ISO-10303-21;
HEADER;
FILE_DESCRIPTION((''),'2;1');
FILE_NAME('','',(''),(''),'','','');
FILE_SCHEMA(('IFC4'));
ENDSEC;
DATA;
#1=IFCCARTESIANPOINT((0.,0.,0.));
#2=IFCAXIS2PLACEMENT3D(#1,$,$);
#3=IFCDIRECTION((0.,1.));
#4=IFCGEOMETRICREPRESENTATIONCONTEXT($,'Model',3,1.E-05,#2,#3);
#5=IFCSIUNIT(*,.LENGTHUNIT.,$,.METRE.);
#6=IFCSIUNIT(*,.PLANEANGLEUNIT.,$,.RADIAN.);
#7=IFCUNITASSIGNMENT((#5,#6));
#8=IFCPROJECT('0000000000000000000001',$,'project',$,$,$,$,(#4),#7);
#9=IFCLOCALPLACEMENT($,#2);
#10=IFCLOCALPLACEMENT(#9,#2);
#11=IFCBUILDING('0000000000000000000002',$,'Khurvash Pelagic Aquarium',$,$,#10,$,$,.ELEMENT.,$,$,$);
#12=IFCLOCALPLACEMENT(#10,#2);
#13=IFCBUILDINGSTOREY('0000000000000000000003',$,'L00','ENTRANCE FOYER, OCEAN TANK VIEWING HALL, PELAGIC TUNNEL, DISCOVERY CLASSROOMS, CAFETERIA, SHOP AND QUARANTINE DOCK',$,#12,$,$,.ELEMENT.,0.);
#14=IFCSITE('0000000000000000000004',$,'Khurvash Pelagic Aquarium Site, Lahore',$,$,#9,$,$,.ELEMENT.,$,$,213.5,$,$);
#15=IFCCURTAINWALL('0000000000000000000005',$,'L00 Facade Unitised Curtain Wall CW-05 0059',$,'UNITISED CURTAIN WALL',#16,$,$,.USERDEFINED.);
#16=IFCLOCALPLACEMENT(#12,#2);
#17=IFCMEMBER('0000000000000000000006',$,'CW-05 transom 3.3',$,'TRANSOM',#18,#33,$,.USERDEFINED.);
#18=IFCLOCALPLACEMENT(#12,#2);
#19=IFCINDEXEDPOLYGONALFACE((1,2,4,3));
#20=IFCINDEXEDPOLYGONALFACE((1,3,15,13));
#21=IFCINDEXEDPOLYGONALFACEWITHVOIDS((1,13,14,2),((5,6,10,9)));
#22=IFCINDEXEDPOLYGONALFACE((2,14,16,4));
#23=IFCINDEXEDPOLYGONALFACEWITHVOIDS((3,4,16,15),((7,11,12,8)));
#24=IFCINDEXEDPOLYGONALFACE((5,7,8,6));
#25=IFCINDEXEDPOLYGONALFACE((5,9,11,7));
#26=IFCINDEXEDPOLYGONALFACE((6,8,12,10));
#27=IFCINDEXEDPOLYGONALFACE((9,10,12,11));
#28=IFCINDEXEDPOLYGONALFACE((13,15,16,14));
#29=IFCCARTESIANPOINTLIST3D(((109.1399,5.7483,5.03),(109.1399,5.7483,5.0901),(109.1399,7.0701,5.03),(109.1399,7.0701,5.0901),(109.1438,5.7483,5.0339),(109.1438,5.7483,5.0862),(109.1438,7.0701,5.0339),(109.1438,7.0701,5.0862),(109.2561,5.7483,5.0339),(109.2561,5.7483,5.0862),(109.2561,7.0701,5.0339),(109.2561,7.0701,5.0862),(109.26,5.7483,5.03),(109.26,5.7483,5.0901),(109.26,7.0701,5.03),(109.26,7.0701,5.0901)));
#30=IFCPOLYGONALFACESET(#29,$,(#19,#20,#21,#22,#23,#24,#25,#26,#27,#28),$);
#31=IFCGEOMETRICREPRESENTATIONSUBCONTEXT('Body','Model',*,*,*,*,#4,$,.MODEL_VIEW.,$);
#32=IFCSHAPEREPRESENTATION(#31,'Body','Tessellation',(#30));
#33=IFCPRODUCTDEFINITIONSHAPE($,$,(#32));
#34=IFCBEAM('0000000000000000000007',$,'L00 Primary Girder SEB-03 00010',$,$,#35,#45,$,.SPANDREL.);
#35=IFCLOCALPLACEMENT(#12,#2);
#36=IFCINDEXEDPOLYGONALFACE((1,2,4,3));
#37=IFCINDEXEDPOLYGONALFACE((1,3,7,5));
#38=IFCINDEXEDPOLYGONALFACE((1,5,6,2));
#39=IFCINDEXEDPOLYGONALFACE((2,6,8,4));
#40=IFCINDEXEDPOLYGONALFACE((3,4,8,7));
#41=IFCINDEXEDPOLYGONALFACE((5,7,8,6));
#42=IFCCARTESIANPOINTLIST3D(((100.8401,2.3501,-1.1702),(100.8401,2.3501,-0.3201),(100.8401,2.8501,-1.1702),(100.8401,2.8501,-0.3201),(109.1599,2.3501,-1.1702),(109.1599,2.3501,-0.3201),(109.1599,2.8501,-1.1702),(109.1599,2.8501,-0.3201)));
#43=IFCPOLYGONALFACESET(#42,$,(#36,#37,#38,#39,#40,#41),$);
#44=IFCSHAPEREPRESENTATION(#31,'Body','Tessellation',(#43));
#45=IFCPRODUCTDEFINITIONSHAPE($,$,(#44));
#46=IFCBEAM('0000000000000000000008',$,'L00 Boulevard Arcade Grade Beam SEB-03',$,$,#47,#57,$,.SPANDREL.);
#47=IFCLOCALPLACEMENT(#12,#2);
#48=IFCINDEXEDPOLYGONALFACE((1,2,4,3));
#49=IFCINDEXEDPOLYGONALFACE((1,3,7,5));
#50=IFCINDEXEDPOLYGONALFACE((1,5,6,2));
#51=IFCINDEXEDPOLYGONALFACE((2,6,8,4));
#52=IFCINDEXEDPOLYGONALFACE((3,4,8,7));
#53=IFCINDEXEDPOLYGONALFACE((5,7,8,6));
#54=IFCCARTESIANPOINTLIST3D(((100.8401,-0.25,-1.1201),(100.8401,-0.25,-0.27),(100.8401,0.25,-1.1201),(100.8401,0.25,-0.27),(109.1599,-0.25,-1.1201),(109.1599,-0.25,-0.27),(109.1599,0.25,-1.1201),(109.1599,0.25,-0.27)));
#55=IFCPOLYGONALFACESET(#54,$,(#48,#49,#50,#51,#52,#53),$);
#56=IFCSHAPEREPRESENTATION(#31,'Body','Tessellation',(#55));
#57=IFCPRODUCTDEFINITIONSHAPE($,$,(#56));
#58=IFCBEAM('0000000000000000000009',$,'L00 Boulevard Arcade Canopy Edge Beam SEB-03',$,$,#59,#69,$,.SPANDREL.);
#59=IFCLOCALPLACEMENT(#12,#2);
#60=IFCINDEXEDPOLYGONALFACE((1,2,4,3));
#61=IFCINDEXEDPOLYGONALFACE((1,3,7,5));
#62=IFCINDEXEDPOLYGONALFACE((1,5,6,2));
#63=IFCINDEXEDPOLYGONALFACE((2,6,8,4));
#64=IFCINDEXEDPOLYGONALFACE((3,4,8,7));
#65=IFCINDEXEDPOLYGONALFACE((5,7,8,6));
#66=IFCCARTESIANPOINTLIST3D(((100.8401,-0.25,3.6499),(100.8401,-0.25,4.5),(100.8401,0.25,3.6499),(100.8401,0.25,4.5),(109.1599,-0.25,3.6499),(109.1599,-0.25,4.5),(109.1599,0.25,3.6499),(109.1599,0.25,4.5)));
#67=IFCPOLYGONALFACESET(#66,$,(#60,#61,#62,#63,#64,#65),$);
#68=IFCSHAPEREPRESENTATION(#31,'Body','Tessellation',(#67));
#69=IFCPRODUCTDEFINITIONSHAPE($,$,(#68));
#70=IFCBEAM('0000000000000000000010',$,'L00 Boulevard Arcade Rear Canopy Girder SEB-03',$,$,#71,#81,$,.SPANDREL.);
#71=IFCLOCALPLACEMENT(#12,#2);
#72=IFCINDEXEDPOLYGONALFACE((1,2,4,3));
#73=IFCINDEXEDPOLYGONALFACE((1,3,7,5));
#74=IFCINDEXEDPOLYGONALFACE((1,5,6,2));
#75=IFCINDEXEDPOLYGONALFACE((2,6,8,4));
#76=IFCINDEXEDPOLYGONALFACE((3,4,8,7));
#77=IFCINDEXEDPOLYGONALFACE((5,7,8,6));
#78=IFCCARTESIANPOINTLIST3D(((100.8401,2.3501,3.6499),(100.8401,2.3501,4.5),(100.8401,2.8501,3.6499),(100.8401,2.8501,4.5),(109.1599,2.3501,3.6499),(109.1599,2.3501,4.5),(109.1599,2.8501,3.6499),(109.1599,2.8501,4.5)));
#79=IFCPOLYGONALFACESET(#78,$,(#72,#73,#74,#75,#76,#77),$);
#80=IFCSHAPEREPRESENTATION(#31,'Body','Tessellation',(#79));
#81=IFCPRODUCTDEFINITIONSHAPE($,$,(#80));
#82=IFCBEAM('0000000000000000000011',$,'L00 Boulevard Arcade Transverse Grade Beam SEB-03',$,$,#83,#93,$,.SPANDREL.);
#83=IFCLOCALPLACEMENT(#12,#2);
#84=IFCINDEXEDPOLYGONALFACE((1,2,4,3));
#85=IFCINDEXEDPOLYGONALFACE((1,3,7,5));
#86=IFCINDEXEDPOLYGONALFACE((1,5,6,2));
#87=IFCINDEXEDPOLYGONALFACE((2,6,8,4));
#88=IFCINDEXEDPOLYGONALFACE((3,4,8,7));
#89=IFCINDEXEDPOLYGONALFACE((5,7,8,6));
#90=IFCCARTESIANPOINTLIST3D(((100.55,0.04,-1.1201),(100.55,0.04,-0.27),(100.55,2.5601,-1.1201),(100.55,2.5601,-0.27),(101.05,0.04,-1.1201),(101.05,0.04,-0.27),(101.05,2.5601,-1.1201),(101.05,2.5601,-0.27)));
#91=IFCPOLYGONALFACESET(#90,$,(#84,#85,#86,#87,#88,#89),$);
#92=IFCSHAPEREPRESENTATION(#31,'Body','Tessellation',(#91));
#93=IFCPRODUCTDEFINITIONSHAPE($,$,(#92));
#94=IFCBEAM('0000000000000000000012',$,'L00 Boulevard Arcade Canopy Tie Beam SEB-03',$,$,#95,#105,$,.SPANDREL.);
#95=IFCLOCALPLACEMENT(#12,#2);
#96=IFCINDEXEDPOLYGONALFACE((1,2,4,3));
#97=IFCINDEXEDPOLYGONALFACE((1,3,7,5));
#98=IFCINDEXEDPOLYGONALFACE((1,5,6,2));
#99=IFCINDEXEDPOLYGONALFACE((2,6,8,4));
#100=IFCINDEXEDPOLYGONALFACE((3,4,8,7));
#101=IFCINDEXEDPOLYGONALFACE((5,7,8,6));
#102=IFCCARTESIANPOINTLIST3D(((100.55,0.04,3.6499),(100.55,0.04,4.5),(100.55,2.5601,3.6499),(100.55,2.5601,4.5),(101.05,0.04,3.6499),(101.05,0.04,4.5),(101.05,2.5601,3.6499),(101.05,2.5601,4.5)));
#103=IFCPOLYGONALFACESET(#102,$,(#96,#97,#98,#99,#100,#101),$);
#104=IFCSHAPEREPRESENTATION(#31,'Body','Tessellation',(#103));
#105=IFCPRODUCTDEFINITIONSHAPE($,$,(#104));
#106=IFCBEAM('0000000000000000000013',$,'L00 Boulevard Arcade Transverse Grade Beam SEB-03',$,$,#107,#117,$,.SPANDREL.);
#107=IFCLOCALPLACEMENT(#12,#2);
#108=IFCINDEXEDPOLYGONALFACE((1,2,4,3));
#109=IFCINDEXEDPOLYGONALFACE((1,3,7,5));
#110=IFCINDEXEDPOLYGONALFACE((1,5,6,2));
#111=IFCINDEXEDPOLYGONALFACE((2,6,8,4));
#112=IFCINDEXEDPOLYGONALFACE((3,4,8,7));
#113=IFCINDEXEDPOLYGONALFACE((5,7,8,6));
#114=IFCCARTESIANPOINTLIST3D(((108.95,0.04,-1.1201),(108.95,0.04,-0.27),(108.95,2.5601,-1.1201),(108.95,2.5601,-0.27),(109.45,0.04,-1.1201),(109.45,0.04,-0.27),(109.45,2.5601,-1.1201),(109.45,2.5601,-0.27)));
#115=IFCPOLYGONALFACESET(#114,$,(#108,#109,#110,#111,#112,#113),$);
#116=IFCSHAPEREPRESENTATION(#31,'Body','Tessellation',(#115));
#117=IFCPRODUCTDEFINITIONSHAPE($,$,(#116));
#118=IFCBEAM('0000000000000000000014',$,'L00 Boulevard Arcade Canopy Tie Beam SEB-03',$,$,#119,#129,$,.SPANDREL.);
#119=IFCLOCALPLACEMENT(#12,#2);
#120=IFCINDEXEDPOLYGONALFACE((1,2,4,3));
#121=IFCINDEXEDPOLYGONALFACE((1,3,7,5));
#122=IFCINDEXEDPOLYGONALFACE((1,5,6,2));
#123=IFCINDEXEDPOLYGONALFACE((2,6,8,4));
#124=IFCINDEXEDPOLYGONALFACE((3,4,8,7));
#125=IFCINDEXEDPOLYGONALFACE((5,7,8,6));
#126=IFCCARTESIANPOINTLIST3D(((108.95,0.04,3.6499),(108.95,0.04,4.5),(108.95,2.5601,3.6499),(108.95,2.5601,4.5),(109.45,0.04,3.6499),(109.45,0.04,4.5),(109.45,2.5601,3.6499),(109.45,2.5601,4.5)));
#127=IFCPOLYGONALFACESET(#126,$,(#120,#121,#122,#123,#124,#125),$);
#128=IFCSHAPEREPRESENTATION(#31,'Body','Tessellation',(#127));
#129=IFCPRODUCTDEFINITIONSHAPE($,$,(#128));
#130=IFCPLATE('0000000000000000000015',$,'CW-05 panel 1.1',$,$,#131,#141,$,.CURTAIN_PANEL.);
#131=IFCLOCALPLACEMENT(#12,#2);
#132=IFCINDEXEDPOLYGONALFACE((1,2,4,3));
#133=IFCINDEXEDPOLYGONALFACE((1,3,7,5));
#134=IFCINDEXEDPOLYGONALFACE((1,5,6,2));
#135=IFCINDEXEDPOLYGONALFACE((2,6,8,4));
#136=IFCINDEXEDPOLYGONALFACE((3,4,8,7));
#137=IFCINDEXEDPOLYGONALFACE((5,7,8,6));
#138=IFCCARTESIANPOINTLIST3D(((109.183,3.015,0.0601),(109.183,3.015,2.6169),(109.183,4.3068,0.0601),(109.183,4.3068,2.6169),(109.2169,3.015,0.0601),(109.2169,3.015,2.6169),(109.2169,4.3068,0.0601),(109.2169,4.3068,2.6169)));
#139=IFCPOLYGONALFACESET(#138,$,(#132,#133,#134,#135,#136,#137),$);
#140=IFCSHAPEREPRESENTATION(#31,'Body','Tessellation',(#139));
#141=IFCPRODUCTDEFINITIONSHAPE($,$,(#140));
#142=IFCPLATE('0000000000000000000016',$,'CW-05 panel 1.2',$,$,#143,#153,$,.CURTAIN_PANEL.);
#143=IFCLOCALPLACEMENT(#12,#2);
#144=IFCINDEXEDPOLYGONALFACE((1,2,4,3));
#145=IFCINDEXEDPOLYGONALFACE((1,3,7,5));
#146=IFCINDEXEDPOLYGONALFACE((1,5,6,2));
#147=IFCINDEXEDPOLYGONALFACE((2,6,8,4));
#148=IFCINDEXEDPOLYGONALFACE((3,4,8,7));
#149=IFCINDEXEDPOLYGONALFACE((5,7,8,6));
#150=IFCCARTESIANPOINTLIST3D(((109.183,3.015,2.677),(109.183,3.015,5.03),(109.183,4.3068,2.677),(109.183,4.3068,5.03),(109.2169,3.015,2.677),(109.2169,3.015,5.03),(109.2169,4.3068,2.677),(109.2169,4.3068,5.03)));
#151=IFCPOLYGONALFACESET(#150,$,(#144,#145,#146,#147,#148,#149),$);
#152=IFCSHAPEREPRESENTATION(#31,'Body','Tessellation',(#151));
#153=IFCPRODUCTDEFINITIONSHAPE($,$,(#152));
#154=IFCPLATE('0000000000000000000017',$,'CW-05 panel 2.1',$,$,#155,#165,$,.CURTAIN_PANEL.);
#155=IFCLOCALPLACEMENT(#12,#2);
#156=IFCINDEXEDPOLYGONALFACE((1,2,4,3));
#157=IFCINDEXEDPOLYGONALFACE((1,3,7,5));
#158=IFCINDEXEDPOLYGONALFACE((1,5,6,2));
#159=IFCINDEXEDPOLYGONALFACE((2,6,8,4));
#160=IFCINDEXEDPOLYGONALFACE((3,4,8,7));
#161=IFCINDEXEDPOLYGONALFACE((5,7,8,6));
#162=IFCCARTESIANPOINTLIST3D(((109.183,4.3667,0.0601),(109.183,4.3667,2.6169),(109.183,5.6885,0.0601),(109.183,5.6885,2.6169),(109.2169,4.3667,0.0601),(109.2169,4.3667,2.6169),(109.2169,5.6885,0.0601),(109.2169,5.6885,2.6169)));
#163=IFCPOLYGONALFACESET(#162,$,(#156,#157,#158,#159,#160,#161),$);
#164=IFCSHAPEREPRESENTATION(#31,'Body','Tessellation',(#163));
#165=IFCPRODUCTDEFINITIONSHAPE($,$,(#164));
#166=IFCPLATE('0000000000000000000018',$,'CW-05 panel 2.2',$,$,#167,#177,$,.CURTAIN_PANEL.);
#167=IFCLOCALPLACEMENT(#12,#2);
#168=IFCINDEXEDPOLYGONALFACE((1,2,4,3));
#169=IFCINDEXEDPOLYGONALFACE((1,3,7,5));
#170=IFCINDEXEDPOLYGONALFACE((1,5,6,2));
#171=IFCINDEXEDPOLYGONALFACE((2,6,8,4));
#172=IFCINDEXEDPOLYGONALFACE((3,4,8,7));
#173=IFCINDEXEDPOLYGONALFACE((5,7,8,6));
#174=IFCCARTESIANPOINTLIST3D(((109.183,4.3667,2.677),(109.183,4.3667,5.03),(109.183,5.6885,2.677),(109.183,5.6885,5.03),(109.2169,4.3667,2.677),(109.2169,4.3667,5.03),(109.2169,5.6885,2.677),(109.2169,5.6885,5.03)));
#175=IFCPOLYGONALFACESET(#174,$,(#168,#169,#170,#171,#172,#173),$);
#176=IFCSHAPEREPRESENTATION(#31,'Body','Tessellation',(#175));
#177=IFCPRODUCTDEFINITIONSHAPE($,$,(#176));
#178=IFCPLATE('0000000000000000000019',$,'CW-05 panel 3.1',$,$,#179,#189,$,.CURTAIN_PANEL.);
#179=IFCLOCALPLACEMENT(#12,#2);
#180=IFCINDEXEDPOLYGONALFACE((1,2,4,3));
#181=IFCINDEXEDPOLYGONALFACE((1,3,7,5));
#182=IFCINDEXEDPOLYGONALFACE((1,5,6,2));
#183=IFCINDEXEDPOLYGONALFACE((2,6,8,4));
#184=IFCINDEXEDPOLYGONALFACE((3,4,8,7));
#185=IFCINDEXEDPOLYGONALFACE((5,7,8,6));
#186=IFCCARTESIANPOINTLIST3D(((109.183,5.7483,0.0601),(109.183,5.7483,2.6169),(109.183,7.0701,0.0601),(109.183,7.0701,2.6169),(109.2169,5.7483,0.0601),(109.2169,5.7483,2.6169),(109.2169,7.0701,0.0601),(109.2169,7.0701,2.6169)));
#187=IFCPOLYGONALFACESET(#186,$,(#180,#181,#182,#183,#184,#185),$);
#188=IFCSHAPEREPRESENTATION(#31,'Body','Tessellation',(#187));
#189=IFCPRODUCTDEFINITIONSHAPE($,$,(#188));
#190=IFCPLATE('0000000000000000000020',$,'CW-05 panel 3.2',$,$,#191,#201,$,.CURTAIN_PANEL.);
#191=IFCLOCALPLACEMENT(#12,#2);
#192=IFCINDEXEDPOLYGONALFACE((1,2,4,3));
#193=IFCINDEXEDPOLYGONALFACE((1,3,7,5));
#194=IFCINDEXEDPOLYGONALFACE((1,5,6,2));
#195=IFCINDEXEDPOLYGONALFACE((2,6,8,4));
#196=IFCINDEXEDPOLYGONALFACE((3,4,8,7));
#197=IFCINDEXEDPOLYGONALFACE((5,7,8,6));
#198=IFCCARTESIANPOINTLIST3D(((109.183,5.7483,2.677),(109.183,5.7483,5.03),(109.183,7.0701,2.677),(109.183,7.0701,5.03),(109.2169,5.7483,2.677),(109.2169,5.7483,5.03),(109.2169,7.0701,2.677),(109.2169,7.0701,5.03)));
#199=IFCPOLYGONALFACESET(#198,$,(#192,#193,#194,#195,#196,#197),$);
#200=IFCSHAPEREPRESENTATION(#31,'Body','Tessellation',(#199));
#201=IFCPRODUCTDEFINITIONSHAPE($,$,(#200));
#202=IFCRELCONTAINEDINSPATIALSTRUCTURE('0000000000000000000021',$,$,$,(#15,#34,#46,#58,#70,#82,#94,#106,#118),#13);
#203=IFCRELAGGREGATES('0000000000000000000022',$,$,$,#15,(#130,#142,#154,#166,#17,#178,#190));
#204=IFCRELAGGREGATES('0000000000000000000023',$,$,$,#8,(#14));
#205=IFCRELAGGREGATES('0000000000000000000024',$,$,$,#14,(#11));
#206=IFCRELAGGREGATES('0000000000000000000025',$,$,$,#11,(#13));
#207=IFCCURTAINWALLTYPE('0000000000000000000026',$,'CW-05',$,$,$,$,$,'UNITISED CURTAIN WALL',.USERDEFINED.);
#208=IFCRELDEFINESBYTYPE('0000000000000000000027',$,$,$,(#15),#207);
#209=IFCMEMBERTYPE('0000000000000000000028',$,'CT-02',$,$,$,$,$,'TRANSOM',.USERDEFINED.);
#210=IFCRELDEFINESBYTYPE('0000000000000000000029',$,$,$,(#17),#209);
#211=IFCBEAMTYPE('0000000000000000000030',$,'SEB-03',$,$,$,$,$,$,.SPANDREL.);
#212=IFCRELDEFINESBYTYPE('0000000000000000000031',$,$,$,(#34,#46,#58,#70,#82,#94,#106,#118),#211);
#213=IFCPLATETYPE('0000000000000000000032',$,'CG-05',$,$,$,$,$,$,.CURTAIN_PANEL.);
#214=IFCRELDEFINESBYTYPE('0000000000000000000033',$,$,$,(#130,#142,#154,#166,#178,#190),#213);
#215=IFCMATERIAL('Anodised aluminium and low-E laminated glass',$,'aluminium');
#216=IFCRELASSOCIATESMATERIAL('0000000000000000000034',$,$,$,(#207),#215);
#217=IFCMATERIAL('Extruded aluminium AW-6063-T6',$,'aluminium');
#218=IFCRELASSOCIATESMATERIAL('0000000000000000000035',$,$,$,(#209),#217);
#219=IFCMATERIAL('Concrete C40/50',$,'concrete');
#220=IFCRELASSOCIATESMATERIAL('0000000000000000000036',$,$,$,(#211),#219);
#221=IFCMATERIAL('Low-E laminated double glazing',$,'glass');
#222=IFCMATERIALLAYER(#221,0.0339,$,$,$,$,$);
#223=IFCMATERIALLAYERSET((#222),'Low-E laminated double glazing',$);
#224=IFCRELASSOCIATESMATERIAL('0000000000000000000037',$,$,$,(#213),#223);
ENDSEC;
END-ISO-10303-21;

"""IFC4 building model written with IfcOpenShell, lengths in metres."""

from ifc_helpers import new_model, si_unit, direction, frame, origin, origin_2d, place, context, subcontext, project, spatial, rectangle, hollow_rectangle, extrude, material, layer, layer_set, material_profile, profile_set, type_object, element, aggregate, save


model = new_model("IFC4")

# Units and contexts
model_context = context("Model", 3, precision=1e-05, world=origin(), true_north=direction((0.0, 1.0)))
body_context = subcontext(model_context, "Body", "Model", "MODEL_VIEW")
ifc_project = project(units=[si_unit("LENGTHUNIT", "METRE"), si_unit("PLANEANGLEUNIT", "RADIAN")], contexts=[model_context])

# Site, building, storey
site_placement = place(None, origin())
site = spatial("IfcSite", under=ifc_project, at=site_placement, Name="Khurvash Pelagic Aquarium Site, Lahore", CompositionType="ELEMENT", RefElevation=213.5)
building_placement = place(site_placement, origin())
building = spatial("IfcBuilding", under=site, at=building_placement, Name="Khurvash Pelagic Aquarium", CompositionType="ELEMENT")
storey_placement = place(building_placement, origin())
storey = spatial("IfcBuildingStorey", under=building, at=storey_placement, Name="L00", Description="ENTRANCE FOYER, OCEAN TANK VIEWING HALL, PELAGIC TUNNEL, DISCOVERY CLASSROOMS, CAFETERIA, SHOP AND QUARANTINE DOCK", CompositionType="ELEMENT", Elevation=0.0)

# Shared definitions
ifc_material_1 = material(Name="Concrete C40/50", Category="concrete")

# Curtain wall, member
ifc_material_2 = material(Name="Anodised aluminium and low-E laminated glass", Category="aluminium")
curtain_wall_type = type_object("IfcCurtainWallType", Name="CW-05", ElementType="UNITISED CURTAIN WALL", PredefinedType="USERDEFINED", material=ifc_material_2)
curtain_wall_placement = place(storey_placement, origin())
curtain_wall = element("IfcCurtainWall", 1, at=curtain_wall_placement, inside=storey, type_object=curtain_wall_type, Name="L00 Facade Unitised Curtain Wall CW-05 0059", ObjectType="UNITISED CURTAIN WALL", PredefinedType="USERDEFINED")
ifc_material_3 = material(Name="Extruded aluminium AW-6063-T6", Category="aluminium")
ifc_material_profile_1 = material_profile(ifc_material_3, hollow_rectangle(XDim=0.1201, YDim=0.0601, WallThickness=0.0039, at=origin_2d()), Name="CWT120X60X4")
ifc_profile_set_1 = profile_set([ifc_material_profile_1], Name="Extruded aluminium AW-6063-T6")
member_type_1 = type_object("IfcMemberType", Name="CT-02", ElementType="TRANSOM", PredefinedType="USERDEFINED", material=ifc_profile_set_1)
member_1_placement = place(storey_placement, frame((109.2, 5.7483, 5.0601), z_axis=(0.0, 1.0, 0.0), x_axis=(-1.0, 0.0, 0.0)))
member_1 = element("IfcMember", 2, at=member_1_placement, type_object=member_type_1, Name="CW-05 transom 3.3", ObjectType="TRANSOM", PredefinedType="USERDEFINED", context=body_context, shape_type="SweptSolid", body=[
    extrude(hollow_rectangle(XDim=0.1201, YDim=0.0601, WallThickness=0.0039, at=origin_2d()), origin(), (0.0, 0.0, 1.0), 1.3218),
])

# Beams
ifc_material_profile_2 = material_profile(ifc_material_1, rectangle(XDim=0.5, YDim=0.8501, at=origin_2d()), Name="RC500X850")
ifc_profile_set_2 = profile_set([ifc_material_profile_2], Name="Concrete C40/50")
beam_type_1 = type_object("IfcBeamType", Name="SEB-03", PredefinedType="SPANDREL", material=ifc_profile_set_2)
for number, where, z_axis, x_axis, name in (
    (3, (100.8401, 2.6001, -0.7451), (1.0, 0.0, 0.0), (0.0, 1.0, 0.0), "L00 Primary Girder SEB-03 00010"),
    (4, (100.8401, 0.0, -0.6951), (1.0, 0.0, 0.0), (0.0, 1.0, 0.0), "L00 Boulevard Arcade Grade Beam SEB-03"),
    (5, (100.8401, 0.0, 4.075), (1.0, 0.0, 0.0), (0.0, 1.0, 0.0), "L00 Boulevard Arcade Canopy Edge Beam SEB-03"),
    (6, (100.8401, 2.6001, 4.075), (1.0, 0.0, 0.0), (0.0, 1.0, 0.0), "L00 Boulevard Arcade Rear Canopy Girder SEB-03"),
):
    element("IfcBeam", number, at=place(storey_placement, frame(where, z_axis=z_axis, x_axis=x_axis)), inside=storey, type_object=beam_type_1, Name=name, PredefinedType="SPANDREL", context=body_context, shape_type="SweptSolid", body=[
        extrude(rectangle(XDim=0.5, YDim=0.8501, at=origin_2d()), origin(), (0.0, 0.0, 1.0), 8.3198),
    ])
for number, where, z_axis, x_axis, name in (
    (7, (100.8, 0.04, -0.6951), (0.0, 1.0, 0.0), (-1.0, 0.0, 0.0), "L00 Boulevard Arcade Transverse Grade Beam SEB-03"),
    (8, (100.8, 0.04, 4.075), (0.0, 1.0, 0.0), (-1.0, 0.0, 0.0), "L00 Boulevard Arcade Canopy Tie Beam SEB-03"),
    (9, (109.2, 0.04, -0.6951), (0.0, 1.0, 0.0), (-1.0, 0.0, 0.0), "L00 Boulevard Arcade Transverse Grade Beam SEB-03"),
    (10, (109.2, 0.04, 4.075), (0.0, 1.0, 0.0), (-1.0, 0.0, 0.0), "L00 Boulevard Arcade Canopy Tie Beam SEB-03"),
):
    element("IfcBeam", number, at=place(storey_placement, frame(where, z_axis=z_axis, x_axis=x_axis)), inside=storey, type_object=beam_type_1, Name=name, PredefinedType="SPANDREL", context=body_context, shape_type="SweptSolid", body=[
        extrude(rectangle(XDim=0.5, YDim=0.8501, at=origin_2d()), origin(), (0.0, 0.0, 1.0), 2.52),
    ])

# Plates
ifc_material_4 = material(Name="Low-E laminated double glazing", Category="glass")
ifc_layer_1 = layer(ifc_material_4, 0.0339)
ifc_layer_set_1 = layer_set([ifc_layer_1], Name="Low-E laminated double glazing")
plate_type = type_object("IfcPlateType", Name="CG-05", PredefinedType="CURTAIN_PANEL", material=ifc_layer_set_1)
plate_1_placement = place(storey_placement, frame((109.2, 3.6609, 0.0601), z_axis=(0.0, 0.0, 1.0), x_axis=(0.0, 1.0, 0.0)))
plate_1 = element("IfcPlate", 11, at=plate_1_placement, type_object=plate_type, Name="CW-05 panel 1.1", PredefinedType="CURTAIN_PANEL", context=body_context, shape_type="SweptSolid", body=[
    extrude(rectangle(XDim=1.2917, YDim=0.0339, at=origin_2d()), origin(), (0.0, 0.0, 1.0), 2.5569),
])
plate_2_placement = place(storey_placement, frame((109.2, 3.6609, 2.677), z_axis=(0.0, 0.0, 1.0), x_axis=(0.0, 1.0, 0.0)))
plate_2 = element("IfcPlate", 12, at=plate_2_placement, type_object=plate_type, Name="CW-05 panel 1.2", PredefinedType="CURTAIN_PANEL", context=body_context, shape_type="SweptSolid", body=[
    extrude(rectangle(XDim=1.2917, YDim=0.0339, at=origin_2d()), origin(), (0.0, 0.0, 1.0), 2.353),
])
plate_3_placement = place(storey_placement, frame((109.2, 5.0276, 0.0601), z_axis=(0.0, 0.0, 1.0), x_axis=(0.0, 1.0, 0.0)))
plate_3 = element("IfcPlate", 13, at=plate_3_placement, type_object=plate_type, Name="CW-05 panel 2.1", PredefinedType="CURTAIN_PANEL", context=body_context, shape_type="SweptSolid", body=[
    extrude(rectangle(XDim=1.3218, YDim=0.0339, at=origin_2d()), origin(), (0.0, 0.0, 1.0), 2.5569),
])
plate_4_placement = place(storey_placement, frame((109.2, 5.0276, 2.677), z_axis=(0.0, 0.0, 1.0), x_axis=(0.0, 1.0, 0.0)))
plate_4 = element("IfcPlate", 14, at=plate_4_placement, type_object=plate_type, Name="CW-05 panel 2.2", PredefinedType="CURTAIN_PANEL", context=body_context, shape_type="SweptSolid", body=[
    extrude(rectangle(XDim=1.3218, YDim=0.0339, at=origin_2d()), origin(), (0.0, 0.0, 1.0), 2.353),
])
plate_5_placement = place(storey_placement, frame((109.2, 6.4092, 0.0601), z_axis=(0.0, 0.0, 1.0), x_axis=(0.0, 1.0, 0.0)))
plate_5 = element("IfcPlate", 15, at=plate_5_placement, type_object=plate_type, Name="CW-05 panel 3.1", PredefinedType="CURTAIN_PANEL", context=body_context, shape_type="SweptSolid", body=[
    extrude(rectangle(XDim=1.3218, YDim=0.0339, at=origin_2d()), origin(), (0.0, 0.0, 1.0), 2.5569),
])
plate_6_placement = place(storey_placement, frame((109.2, 6.4092, 2.677), z_axis=(0.0, 0.0, 1.0), x_axis=(0.0, 1.0, 0.0)))
plate_6 = element("IfcPlate", 16, at=plate_6_placement, type_object=plate_type, Name="CW-05 panel 3.2", PredefinedType="CURTAIN_PANEL", context=body_context, shape_type="SweptSolid", body=[
    extrude(rectangle(XDim=1.3218, YDim=0.0339, at=origin_2d()), origin(), (0.0, 0.0, 1.0), 2.353),
])
aggregate(curtain_wall, [plate_1, plate_2, plate_3, plate_4, member_1, plate_5, plate_6])

save(model, "model.ifc")
